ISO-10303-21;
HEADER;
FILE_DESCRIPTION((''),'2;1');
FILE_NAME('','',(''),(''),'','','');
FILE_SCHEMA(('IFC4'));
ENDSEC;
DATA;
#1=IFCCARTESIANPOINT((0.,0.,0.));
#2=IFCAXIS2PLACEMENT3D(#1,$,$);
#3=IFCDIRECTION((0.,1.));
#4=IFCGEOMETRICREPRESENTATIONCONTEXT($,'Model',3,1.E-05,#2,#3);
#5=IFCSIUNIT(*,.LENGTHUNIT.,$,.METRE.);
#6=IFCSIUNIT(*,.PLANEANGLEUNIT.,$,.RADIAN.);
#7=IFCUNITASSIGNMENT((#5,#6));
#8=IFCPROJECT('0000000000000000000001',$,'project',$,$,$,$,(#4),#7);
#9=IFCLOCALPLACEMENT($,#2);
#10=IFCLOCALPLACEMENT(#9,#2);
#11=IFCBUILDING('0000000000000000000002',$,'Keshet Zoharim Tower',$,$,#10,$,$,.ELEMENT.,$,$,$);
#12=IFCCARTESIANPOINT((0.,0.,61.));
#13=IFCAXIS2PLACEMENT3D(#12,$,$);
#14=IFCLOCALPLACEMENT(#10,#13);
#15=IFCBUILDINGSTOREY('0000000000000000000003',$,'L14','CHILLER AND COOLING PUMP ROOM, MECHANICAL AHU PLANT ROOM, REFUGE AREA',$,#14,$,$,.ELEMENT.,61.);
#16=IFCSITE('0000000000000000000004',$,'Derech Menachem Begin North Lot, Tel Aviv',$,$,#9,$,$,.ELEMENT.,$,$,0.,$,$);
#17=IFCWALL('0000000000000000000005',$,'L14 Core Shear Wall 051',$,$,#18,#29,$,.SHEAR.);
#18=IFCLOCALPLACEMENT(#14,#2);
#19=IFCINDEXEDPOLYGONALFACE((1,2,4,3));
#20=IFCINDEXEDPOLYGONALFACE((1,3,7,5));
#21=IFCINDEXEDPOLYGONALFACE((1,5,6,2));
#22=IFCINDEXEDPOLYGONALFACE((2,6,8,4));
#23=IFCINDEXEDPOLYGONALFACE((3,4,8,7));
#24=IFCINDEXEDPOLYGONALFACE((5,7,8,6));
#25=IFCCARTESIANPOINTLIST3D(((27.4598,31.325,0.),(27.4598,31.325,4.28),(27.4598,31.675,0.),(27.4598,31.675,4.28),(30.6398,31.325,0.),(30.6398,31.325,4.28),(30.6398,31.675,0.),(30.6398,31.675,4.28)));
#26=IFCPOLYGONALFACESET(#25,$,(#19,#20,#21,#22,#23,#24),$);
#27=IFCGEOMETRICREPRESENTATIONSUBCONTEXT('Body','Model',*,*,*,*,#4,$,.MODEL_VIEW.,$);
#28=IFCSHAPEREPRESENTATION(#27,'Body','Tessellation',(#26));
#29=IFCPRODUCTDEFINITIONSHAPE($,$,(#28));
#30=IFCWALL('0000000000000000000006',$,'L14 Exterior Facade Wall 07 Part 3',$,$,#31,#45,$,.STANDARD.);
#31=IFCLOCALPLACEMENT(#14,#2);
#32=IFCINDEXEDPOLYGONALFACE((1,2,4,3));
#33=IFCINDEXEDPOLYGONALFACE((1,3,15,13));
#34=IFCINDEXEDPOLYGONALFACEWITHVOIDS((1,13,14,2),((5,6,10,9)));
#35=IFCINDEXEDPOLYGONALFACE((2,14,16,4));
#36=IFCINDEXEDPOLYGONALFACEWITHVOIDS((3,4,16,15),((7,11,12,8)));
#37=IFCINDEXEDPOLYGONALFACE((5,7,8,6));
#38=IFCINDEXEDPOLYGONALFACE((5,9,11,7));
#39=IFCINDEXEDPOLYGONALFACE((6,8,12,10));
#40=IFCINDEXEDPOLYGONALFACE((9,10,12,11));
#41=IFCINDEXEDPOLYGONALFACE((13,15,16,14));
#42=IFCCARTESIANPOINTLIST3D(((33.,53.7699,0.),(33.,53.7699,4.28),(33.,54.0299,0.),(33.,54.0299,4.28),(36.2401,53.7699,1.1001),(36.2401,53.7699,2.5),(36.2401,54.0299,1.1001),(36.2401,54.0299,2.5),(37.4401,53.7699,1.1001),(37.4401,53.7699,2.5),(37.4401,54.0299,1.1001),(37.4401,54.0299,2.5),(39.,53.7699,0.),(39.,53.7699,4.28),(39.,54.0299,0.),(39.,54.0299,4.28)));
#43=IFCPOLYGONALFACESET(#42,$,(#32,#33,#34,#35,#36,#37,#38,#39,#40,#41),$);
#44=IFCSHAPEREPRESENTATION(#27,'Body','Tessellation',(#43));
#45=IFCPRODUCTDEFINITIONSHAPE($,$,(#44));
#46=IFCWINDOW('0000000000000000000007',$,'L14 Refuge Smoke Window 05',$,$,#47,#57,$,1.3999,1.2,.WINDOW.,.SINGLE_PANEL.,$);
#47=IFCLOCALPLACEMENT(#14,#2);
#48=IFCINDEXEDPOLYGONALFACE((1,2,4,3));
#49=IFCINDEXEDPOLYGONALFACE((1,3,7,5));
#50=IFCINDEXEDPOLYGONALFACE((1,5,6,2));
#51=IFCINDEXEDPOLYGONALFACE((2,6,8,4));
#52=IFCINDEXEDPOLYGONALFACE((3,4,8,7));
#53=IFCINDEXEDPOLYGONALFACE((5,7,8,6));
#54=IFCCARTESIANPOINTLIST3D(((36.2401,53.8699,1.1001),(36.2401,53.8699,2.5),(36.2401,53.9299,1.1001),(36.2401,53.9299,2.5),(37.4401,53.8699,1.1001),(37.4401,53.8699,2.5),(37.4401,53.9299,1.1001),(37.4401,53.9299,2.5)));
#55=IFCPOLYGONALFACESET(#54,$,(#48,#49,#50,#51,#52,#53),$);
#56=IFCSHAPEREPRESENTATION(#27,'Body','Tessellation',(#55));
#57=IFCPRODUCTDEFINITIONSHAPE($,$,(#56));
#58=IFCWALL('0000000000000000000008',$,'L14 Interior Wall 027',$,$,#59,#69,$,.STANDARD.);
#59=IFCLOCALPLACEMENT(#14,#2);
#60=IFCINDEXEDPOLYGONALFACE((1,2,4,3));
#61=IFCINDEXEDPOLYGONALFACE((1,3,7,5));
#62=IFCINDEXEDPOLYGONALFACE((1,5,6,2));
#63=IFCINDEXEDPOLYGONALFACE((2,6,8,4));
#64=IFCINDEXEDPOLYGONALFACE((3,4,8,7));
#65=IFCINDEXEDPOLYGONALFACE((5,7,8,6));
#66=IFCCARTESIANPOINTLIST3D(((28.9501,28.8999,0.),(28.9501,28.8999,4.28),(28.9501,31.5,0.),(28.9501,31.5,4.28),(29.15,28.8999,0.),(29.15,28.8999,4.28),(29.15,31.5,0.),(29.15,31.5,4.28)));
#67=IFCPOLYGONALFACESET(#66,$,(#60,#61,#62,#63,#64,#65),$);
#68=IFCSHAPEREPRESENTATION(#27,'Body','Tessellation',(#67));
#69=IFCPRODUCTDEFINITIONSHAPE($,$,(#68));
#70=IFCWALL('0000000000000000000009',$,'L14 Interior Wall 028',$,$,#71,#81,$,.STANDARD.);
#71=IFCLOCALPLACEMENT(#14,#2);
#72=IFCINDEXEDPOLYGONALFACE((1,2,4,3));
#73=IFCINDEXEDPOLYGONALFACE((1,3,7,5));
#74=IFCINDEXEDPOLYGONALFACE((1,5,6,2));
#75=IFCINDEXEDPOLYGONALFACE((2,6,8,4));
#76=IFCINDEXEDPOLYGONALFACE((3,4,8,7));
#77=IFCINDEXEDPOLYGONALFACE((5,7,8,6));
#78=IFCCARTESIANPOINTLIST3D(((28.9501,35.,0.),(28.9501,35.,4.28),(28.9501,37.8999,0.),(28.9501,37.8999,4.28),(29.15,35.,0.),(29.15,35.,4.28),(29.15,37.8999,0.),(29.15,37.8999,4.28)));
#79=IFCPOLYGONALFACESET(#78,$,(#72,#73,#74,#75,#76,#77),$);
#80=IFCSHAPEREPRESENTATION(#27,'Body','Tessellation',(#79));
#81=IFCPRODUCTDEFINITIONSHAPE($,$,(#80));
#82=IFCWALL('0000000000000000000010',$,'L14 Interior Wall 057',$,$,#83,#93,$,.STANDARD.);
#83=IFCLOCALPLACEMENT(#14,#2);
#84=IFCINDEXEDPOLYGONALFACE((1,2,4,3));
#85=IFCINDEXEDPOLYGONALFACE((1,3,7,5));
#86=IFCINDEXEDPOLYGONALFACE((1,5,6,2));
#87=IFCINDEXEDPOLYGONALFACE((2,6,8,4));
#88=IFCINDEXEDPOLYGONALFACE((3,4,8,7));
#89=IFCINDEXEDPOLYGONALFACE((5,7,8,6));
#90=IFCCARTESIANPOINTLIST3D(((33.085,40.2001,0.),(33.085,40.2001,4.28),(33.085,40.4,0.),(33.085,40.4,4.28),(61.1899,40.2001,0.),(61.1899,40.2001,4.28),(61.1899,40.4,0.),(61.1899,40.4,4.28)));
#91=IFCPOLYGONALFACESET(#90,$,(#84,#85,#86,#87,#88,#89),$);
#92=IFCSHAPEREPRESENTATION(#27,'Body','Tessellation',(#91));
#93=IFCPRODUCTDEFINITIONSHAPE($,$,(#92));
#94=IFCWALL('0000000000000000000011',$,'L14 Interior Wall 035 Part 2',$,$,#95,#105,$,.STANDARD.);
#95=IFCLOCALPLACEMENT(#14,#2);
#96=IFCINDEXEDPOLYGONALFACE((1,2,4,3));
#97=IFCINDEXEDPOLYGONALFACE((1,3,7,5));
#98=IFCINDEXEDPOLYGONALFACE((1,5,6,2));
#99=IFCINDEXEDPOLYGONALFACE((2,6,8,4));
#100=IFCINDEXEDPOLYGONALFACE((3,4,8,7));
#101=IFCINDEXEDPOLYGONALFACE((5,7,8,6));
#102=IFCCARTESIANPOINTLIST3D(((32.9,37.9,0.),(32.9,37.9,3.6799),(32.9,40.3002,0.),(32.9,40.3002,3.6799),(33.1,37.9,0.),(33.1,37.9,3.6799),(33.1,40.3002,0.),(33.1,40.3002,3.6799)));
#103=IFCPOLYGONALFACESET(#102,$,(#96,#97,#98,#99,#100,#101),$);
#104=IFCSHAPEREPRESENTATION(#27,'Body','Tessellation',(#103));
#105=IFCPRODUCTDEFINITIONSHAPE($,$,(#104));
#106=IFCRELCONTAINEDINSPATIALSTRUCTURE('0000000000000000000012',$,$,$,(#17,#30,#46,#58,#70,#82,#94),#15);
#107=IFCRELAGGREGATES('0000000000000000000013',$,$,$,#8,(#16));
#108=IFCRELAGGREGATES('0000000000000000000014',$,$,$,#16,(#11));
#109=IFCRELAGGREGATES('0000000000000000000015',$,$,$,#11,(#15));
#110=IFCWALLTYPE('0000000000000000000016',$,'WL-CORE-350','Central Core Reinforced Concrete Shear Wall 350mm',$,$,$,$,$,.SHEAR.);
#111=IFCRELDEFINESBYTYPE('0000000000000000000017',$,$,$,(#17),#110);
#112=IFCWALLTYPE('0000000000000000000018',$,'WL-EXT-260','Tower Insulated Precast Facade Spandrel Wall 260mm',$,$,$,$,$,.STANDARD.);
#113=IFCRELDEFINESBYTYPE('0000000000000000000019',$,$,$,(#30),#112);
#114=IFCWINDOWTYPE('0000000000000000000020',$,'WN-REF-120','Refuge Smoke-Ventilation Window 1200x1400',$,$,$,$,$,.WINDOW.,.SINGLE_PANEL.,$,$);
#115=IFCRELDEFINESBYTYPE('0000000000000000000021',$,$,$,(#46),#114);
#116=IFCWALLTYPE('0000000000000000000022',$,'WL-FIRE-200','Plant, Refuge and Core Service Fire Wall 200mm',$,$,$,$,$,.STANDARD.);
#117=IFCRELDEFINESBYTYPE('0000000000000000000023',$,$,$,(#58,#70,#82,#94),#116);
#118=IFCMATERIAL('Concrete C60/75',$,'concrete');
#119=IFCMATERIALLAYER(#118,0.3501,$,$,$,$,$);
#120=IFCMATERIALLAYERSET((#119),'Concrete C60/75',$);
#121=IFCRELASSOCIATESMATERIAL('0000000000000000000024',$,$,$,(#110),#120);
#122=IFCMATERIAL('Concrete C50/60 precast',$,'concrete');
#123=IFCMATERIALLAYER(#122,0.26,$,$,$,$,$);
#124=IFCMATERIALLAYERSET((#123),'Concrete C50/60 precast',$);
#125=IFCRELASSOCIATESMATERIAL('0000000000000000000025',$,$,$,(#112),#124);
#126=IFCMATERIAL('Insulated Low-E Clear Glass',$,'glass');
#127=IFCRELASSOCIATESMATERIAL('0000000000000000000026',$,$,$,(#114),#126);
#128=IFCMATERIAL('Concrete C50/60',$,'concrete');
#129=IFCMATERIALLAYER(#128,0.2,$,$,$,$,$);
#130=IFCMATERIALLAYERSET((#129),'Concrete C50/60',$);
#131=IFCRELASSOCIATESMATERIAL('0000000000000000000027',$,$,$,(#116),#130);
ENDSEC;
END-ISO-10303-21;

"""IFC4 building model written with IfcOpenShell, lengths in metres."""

from ifc_helpers import new_model, si_unit, direction, frame, frame_2d, origin, place, context, subcontext, project, spatial, rectangle, extrude, material, layer, layer_set, type_object, element, fill, save


model = new_model("IFC4")

# Units and contexts
model_context = context("Model", 3, precision=1e-05, world=origin(), true_north=direction((0.0, 1.0)))
body_context = subcontext(model_context, "Body", "Model", "MODEL_VIEW")
ifc_project = project(units=[si_unit("LENGTHUNIT", "METRE"), si_unit("PLANEANGLEUNIT", "RADIAN")], contexts=[model_context])

# Site, building, storey
site_placement = place(None, origin())
site = spatial("IfcSite", under=ifc_project, at=site_placement, Name="Derech Menachem Begin North Lot, Tel Aviv", CompositionType="ELEMENT", RefElevation=0.0)
building_placement = place(site_placement, origin())
building = spatial("IfcBuilding", under=site, at=building_placement, Name="Keshet Zoharim Tower", CompositionType="ELEMENT")
storey_placement = place(building_placement, frame((0.0, 0.0, 61.0)))
storey = spatial("IfcBuildingStorey", under=building, at=storey_placement, Name="L14", Description="CHILLER AND COOLING PUMP ROOM, MECHANICAL AHU PLANT ROOM, REFUGE AREA", CompositionType="ELEMENT", Elevation=61.0)

# Shared definitions
ifc_material_1 = material(Name="Concrete C60/75", Category="concrete")

# Shared definitions
ifc_layer_1 = layer(ifc_material_1, 0.3501)
ifc_layer_set_1 = layer_set([ifc_layer_1], Name="Concrete C60/75")
wall_type_1 = type_object("IfcWallType", Name="WL-CORE-350", Description="Central Core Reinforced Concrete Shear Wall 350mm", PredefinedType="SHEAR", material=ifc_layer_set_1)

# Wall
wall_1_placement = place(storey_placement, frame((27.46, 31.5, 0.0), z_axis=(0.0, 0.0, 1.0), x_axis=(1.0, 0.0, 0.0)))
element("IfcWall", 1, at=wall_1_placement, inside=storey, type_object=wall_type_1, Name="L14 Core Shear Wall 051", PredefinedType="SHEAR", context=body_context, shape_type="SweptSolid", body=[
    extrude(rectangle(XDim=3.1799, YDim=0.3501, at=frame_2d((1.5898, 0.0))), origin(), (0.0, 0.0, 1.0), 4.28),
])

# Wall, opening, window
ifc_material_2 = material(Name="Concrete C50/60 precast", Category="concrete")
ifc_layer_2 = layer(ifc_material_2, 0.26)
ifc_layer_set_2 = layer_set([ifc_layer_2], Name="Concrete C50/60 precast")
wall_type_2 = type_object("IfcWallType", Name="WL-EXT-260", Description="Tower Insulated Precast Facade Spandrel Wall 260mm", PredefinedType="STANDARD", material=ifc_layer_set_2)
wall_2_placement = place(storey_placement, frame((33.0, 53.8999, 0.0), z_axis=(0.0, 0.0, 1.0), x_axis=(1.0, 0.0, 0.0)))
wall_2 = element("IfcWall", 2, at=wall_2_placement, inside=storey, type_object=wall_type_2, Name="L14 Exterior Facade Wall 07 Part 3", PredefinedType="STANDARD", context=body_context, shape_type="SweptSolid", body=[
    extrude(rectangle(XDim=6.0, YDim=0.26, at=frame_2d((3.0, 0.0))), origin(), (0.0, 0.0, 1.0), 4.28),
])
opening_1_placement = place(wall_2_placement, frame((3.24, 0.0, 1.1001)))
opening_1 = element("IfcOpeningElement", 3, at=opening_1_placement, cuts=wall_2, PredefinedType="OPENING", context=body_context, shape_type="SweptSolid", body=[
    extrude(rectangle(XDim=1.2, YDim=1.3999, at=frame_2d((0.6001, 0.7))), frame((0.0, 0.1401, 0.0), z_axis=(0.0, -1.0, 0.0), x_axis=(1.0, 0.0, 0.0)), (0.0, 0.0, 1.0), 0.28),
])
ifc_material_3 = material(Name="Insulated Low-E Clear Glass", Category="glass")
window_type = type_object("IfcWindowType", Name="WN-REF-120", Description="Refuge Smoke-Ventilation Window 1200x1400", PartitioningType="SINGLE_PANEL", PredefinedType="WINDOW", material=ifc_material_3)
window_placement = place(opening_1_placement, origin())
window = element("IfcWindow", 4, at=window_placement, inside=storey, type_object=window_type, Name="L14 Refuge Smoke Window 05", OverallHeight=1.3999, OverallWidth=1.2, PartitioningType="SINGLE_PANEL", PredefinedType="WINDOW", context=body_context, shape_type="SweptSolid", body=[
    extrude(rectangle(XDim=1.2, YDim=1.3999, at=frame_2d((0.6001, 0.7))), frame((0.0, 0.03, 0.0), z_axis=(0.0, -1.0, 0.0), x_axis=(1.0, 0.0, 0.0)), (0.0, 0.0, 1.0), 0.0601),
])
fill(opening_1, window)

# Walls
ifc_material_4 = material(Name="Concrete C50/60", Category="concrete")
ifc_layer_3 = layer(ifc_material_4, 0.2)
ifc_layer_set_3 = layer_set([ifc_layer_3], Name="Concrete C50/60")
wall_type_3 = type_object("IfcWallType", Name="WL-FIRE-200", Description="Plant, Refuge and Core Service Fire Wall 200mm", PredefinedType="STANDARD", material=ifc_layer_set_3)
wall_3_placement = place(storey_placement, frame((29.05, 28.8999, 0.0), z_axis=(0.0, 0.0, 1.0), x_axis=(0.0, 1.0, 0.0)))
element("IfcWall", 5, at=wall_3_placement, inside=storey, type_object=wall_type_3, Name="L14 Interior Wall 027", PredefinedType="STANDARD", context=body_context, shape_type="SweptSolid", body=[
    extrude(rectangle(XDim=2.6001, YDim=0.2, at=frame_2d((1.3, 0.0))), origin(), (0.0, 0.0, 1.0), 4.28),
])
wall_4_placement = place(storey_placement, frame((29.05, 35.0, 0.0), z_axis=(0.0, 0.0, 1.0), x_axis=(0.0, 1.0, 0.0)))
element("IfcWall", 6, at=wall_4_placement, inside=storey, type_object=wall_type_3, Name="L14 Interior Wall 028", PredefinedType="STANDARD", context=body_context, shape_type="SweptSolid", body=[
    extrude(rectangle(XDim=2.8999, YDim=0.2, at=frame_2d((1.45, 0.0))), origin(), (0.0, 0.0, 1.0), 4.28),
])
wall_5_placement = place(storey_placement, frame((33.085, 40.3, 0.0), z_axis=(0.0, 0.0, 1.0), x_axis=(1.0, 0.0, 0.0)))
element("IfcWall", 7, at=wall_5_placement, inside=storey, type_object=wall_type_3, Name="L14 Interior Wall 057", PredefinedType="STANDARD", context=body_context, shape_type="SweptSolid", body=[
    extrude(rectangle(XDim=28.105, YDim=0.2, at=frame_2d((14.0525, 0.0))), origin(), (0.0, 0.0, 1.0), 4.28),
])
wall_6_placement = place(storey_placement, frame((33.0, 37.8999, 0.0), z_axis=(0.0, 0.0, 1.0), x_axis=(0.0, 1.0, 0.0)))
element("IfcWall", 8, at=wall_6_placement, inside=storey, type_object=wall_type_3, Name="L14 Interior Wall 035 Part 2", PredefinedType="STANDARD", context=body_context, shape_type="SweptSolid", body=[
    extrude(rectangle(XDim=2.4001, YDim=0.2, at=frame_2d((1.2002, 0.0))), origin(), (0.0, 0.0, 1.0), 3.6799),
])

save(model, "model.ifc")
